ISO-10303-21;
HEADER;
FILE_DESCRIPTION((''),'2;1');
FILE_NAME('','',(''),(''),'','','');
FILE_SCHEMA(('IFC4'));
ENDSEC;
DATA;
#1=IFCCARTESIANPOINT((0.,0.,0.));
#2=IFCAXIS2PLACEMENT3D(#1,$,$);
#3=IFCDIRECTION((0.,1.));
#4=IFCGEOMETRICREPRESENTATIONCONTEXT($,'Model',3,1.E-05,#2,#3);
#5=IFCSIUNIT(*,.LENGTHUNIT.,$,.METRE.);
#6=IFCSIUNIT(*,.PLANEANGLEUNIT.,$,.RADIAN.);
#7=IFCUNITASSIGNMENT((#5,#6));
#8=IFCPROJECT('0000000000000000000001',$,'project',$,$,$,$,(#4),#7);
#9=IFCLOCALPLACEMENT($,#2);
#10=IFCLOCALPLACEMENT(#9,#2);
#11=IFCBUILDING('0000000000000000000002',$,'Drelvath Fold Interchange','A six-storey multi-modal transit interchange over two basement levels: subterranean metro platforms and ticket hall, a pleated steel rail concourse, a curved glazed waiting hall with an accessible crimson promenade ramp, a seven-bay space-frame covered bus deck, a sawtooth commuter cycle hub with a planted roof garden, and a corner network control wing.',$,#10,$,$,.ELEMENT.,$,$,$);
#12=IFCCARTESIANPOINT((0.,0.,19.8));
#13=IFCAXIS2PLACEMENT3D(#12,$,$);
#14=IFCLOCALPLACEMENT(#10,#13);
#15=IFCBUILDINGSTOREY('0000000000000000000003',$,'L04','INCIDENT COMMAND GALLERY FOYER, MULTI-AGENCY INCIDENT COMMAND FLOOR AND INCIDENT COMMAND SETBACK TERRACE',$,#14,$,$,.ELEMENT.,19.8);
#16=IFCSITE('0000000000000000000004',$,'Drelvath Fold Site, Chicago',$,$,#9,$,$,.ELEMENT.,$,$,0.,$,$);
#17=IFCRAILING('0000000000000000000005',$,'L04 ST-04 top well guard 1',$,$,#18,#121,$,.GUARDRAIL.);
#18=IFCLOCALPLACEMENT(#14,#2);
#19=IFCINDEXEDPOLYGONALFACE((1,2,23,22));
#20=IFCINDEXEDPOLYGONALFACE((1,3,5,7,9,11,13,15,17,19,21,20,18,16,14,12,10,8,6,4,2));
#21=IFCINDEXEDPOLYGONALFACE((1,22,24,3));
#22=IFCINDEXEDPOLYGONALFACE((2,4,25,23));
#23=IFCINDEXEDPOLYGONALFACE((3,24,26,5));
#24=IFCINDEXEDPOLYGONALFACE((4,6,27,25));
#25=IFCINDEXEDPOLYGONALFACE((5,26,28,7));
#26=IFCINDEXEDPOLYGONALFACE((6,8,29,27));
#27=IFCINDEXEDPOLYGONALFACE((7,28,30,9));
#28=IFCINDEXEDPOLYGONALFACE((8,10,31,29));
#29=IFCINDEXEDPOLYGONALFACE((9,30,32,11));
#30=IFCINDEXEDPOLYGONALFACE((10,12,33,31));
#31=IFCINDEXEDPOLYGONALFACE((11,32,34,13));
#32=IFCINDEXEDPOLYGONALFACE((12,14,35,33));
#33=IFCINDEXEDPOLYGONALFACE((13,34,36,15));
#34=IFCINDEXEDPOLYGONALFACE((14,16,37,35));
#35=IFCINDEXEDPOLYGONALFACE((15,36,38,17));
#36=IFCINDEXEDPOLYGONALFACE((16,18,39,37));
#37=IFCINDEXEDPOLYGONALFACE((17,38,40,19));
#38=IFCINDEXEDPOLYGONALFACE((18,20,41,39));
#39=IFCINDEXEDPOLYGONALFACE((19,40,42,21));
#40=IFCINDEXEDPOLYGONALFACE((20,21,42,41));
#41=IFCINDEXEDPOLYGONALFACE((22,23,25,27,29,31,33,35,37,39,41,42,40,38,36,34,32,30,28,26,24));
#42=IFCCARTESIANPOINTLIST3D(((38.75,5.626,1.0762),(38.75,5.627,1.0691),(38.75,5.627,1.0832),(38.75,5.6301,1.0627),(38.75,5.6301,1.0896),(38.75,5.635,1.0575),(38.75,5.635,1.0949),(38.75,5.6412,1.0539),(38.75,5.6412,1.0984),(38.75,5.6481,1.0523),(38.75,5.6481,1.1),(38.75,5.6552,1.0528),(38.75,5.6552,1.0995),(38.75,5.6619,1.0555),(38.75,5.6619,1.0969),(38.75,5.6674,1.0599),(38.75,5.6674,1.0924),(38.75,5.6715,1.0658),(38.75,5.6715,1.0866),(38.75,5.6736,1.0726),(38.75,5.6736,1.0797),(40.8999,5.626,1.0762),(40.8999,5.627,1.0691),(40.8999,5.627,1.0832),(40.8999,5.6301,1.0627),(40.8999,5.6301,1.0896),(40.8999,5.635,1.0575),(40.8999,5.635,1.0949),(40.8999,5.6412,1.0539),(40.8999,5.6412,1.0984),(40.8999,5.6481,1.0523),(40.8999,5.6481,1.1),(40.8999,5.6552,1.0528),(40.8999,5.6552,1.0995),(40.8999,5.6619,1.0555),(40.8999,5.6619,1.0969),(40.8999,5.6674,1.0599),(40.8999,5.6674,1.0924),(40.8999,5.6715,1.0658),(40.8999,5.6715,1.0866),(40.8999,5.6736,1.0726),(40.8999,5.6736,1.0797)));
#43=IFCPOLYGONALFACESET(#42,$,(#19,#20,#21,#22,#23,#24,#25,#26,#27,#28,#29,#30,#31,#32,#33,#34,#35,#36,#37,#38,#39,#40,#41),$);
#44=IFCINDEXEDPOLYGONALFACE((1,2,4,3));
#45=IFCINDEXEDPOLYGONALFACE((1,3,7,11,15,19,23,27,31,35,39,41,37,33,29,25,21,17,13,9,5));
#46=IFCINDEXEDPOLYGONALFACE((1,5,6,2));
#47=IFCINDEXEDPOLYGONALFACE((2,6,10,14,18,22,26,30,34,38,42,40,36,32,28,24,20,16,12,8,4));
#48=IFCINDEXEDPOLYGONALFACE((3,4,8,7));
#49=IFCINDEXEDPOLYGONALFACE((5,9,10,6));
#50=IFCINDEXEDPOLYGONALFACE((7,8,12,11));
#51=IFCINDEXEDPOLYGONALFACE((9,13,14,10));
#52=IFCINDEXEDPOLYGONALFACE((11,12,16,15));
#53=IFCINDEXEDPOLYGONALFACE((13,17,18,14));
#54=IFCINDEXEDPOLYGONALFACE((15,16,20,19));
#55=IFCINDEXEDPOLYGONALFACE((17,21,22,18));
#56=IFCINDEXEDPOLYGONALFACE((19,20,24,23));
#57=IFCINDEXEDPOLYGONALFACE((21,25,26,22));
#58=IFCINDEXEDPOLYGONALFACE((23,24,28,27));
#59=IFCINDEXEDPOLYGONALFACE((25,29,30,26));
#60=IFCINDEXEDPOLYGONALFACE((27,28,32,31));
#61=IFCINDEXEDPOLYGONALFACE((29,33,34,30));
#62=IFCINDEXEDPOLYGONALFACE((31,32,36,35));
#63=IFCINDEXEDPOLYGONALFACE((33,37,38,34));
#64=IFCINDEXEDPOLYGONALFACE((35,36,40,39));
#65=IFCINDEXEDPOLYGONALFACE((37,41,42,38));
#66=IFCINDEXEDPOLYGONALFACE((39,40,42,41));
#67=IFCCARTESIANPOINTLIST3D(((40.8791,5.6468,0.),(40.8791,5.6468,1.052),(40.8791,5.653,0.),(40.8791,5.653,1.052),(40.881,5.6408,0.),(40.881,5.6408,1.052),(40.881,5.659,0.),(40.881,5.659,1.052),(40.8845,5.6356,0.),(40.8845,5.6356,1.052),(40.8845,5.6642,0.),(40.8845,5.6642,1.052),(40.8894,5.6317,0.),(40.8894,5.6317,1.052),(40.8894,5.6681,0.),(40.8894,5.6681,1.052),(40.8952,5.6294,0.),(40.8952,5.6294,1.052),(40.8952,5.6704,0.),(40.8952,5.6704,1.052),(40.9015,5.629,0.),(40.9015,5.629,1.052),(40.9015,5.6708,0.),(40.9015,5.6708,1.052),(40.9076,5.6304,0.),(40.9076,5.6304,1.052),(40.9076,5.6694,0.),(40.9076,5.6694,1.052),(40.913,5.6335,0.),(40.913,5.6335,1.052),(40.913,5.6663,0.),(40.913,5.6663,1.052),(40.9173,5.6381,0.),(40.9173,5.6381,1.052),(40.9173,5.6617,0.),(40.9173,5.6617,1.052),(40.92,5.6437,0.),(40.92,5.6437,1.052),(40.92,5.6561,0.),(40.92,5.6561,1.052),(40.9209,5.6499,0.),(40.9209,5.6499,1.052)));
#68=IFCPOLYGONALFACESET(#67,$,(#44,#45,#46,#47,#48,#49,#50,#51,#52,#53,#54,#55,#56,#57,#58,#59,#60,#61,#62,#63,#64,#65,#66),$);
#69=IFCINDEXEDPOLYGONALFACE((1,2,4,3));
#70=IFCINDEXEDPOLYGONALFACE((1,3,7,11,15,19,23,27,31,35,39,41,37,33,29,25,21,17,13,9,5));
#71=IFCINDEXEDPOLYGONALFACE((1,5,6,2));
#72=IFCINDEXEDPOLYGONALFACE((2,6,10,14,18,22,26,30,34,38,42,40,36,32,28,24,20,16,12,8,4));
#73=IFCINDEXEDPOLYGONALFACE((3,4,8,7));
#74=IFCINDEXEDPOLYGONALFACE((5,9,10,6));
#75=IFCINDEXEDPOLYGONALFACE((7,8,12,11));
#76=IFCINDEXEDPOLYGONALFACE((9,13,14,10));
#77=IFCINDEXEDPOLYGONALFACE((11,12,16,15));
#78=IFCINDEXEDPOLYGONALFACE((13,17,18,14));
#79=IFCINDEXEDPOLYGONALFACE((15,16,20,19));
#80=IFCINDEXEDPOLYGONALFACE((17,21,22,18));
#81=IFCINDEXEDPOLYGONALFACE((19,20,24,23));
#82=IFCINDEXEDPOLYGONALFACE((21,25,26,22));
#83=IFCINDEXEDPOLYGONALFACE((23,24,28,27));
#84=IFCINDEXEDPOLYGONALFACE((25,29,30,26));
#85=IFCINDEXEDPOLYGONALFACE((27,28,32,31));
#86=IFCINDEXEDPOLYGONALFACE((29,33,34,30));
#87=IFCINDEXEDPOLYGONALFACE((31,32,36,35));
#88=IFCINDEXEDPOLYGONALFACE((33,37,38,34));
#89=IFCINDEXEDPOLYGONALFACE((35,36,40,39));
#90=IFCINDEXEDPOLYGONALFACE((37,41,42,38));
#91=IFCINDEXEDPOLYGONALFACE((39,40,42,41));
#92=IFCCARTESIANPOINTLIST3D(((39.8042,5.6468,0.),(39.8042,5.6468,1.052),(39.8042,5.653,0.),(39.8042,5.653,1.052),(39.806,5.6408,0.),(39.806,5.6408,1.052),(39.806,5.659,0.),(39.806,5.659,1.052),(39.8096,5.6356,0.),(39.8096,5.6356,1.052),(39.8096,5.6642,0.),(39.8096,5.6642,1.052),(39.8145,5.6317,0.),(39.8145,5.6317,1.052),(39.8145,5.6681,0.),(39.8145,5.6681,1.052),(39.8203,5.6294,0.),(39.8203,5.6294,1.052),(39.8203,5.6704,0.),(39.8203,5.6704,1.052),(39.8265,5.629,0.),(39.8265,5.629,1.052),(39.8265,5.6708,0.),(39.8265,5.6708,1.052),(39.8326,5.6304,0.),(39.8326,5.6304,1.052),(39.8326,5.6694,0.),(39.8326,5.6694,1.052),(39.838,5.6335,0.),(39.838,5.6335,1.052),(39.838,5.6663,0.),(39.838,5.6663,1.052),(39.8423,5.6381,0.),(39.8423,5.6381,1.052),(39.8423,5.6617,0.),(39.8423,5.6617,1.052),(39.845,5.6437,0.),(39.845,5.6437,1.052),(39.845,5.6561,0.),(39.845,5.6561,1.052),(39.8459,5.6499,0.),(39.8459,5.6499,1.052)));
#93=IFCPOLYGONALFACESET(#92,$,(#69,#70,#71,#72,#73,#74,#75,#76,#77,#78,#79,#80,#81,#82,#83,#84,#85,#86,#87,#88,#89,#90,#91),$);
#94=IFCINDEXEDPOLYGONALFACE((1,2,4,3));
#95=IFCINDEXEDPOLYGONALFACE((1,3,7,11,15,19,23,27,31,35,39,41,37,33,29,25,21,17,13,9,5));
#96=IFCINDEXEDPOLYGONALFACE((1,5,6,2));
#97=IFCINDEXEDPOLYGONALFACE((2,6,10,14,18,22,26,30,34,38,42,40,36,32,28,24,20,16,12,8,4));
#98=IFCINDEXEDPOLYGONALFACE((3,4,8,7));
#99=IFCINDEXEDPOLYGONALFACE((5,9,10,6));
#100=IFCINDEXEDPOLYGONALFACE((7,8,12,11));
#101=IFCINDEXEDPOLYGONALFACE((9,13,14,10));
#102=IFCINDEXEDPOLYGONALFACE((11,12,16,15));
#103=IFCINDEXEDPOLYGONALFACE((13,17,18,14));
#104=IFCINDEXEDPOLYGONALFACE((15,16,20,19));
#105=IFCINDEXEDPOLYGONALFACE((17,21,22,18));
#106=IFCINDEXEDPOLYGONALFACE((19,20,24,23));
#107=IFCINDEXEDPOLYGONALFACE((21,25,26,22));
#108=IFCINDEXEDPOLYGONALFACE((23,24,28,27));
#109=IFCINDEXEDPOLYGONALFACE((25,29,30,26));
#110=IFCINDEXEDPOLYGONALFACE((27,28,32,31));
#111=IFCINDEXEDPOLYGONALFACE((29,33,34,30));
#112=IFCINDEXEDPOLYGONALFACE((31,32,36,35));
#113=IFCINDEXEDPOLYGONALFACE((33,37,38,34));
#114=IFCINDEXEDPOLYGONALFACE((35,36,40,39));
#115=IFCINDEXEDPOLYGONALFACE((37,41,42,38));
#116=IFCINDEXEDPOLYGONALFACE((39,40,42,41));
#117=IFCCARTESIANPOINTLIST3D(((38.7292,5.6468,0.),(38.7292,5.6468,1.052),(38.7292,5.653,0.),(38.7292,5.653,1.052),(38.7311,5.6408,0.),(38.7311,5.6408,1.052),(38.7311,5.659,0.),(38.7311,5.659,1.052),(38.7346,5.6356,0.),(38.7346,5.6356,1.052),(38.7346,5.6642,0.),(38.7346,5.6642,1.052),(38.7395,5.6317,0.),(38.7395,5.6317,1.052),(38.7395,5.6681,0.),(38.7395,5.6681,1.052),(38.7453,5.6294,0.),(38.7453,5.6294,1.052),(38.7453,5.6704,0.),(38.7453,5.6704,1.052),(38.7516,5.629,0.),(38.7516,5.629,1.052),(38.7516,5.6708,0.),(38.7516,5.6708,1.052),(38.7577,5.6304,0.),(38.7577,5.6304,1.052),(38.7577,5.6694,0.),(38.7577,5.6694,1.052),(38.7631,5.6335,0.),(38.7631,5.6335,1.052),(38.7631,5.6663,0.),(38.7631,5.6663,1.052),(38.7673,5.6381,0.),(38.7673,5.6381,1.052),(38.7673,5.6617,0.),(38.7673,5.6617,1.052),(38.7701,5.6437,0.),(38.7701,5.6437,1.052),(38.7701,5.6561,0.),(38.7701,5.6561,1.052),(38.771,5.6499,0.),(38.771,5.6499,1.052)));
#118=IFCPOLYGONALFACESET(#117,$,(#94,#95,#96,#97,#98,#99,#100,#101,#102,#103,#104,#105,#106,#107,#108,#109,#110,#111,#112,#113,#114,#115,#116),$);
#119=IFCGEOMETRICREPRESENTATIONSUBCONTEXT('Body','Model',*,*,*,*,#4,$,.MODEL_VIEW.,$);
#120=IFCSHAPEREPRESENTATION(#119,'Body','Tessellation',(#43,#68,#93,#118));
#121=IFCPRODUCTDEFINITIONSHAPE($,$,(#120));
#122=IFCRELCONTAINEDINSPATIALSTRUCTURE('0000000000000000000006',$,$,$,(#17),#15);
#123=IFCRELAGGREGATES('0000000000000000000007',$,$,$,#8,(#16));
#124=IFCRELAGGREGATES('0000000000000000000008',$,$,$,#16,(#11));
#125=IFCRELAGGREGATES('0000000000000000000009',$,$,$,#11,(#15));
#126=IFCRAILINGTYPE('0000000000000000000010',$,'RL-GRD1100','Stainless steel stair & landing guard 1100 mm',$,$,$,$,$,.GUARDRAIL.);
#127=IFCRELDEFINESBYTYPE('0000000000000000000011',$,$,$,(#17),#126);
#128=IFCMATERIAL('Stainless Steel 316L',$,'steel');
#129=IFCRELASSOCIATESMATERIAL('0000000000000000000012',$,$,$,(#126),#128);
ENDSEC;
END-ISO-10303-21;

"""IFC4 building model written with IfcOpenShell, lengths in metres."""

from ifc_helpers import new_model, si_unit, direction, frame, origin, origin_2d, place, context, subcontext, project, spatial, circle, extrude, material, type_object, element, save


model = new_model("IFC4")

# Units and contexts
model_context = context("Model", 3, precision=1e-05, world=origin(), true_north=direction((0.0, 1.0)))
body_context = subcontext(model_context, "Body", "Model", "MODEL_VIEW")
ifc_project = project(units=[si_unit("LENGTHUNIT", "METRE"), si_unit("PLANEANGLEUNIT", "RADIAN")], contexts=[model_context])

# Site, building, storey
site_placement = place(None, origin())
site = spatial("IfcSite", under=ifc_project, at=site_placement, Name="Drelvath Fold Site, Chicago", CompositionType="ELEMENT", RefElevation=0.0)
building_placement = place(site_placement, origin())
building = spatial("IfcBuilding", under=site, at=building_placement, Name="Drelvath Fold Interchange", Description="A six-storey multi-modal transit interchange over two basement levels: subterranean metro platforms and ticket hall, a pleated steel rail concourse, a curved glazed waiting hall with an accessible crimson promenade ramp, a seven-bay space-frame covered bus deck, a sawtooth commuter cycle hub with a planted roof garden, and a corner network control wing.", CompositionType="ELEMENT")
storey_placement = place(building_placement, frame((0.0, 0.0, 19.8)))
storey = spatial("IfcBuildingStorey", under=building, at=storey_placement, Name="L04", Description="INCIDENT COMMAND GALLERY FOYER, MULTI-AGENCY INCIDENT COMMAND FLOOR AND INCIDENT COMMAND SETBACK TERRACE", CompositionType="ELEMENT", Elevation=19.8)

# Railing
ifc_material_1 = material(Name="Stainless Steel 316L", Category="steel")
railing_type = type_object("IfcRailingType", Name="RL-GRD1100", Description="Stainless steel stair & landing guard 1100 mm", PredefinedType="GUARDRAIL", material=ifc_material_1)
railing_placement = place(storey_placement, frame((40.8999, 5.6499, 0.0)))
element("IfcRailing", 1, at=railing_placement, inside=storey, type_object=railing_type, Name="L04 ST-04 top well guard 1", PredefinedType="GUARDRAIL", context=body_context, shape_type="SweptSolid", body=[
    extrude(circle(Radius=0.0239, at=origin_2d()), frame((0.0, 0.0, 1.0762), z_axis=(-1.0, 0.0, 0.0), x_axis=(0.0, -1.0, 0.0)), (0.0, 0.0, 1.0), 2.1499),
    extrude(circle(Radius=0.021, at=origin_2d()), origin(), (0.0, 0.0, 1.0), 1.052),
    extrude(circle(Radius=0.021, at=origin_2d()), frame((-1.075, 0.0, 0.0)), (0.0, 0.0, 1.0), 1.052),
    extrude(circle(Radius=0.021, at=origin_2d()), frame((-2.1499, 0.0, 0.0)), (0.0, 0.0, 1.0), 1.052),
])

save(model, "model.ifc")
